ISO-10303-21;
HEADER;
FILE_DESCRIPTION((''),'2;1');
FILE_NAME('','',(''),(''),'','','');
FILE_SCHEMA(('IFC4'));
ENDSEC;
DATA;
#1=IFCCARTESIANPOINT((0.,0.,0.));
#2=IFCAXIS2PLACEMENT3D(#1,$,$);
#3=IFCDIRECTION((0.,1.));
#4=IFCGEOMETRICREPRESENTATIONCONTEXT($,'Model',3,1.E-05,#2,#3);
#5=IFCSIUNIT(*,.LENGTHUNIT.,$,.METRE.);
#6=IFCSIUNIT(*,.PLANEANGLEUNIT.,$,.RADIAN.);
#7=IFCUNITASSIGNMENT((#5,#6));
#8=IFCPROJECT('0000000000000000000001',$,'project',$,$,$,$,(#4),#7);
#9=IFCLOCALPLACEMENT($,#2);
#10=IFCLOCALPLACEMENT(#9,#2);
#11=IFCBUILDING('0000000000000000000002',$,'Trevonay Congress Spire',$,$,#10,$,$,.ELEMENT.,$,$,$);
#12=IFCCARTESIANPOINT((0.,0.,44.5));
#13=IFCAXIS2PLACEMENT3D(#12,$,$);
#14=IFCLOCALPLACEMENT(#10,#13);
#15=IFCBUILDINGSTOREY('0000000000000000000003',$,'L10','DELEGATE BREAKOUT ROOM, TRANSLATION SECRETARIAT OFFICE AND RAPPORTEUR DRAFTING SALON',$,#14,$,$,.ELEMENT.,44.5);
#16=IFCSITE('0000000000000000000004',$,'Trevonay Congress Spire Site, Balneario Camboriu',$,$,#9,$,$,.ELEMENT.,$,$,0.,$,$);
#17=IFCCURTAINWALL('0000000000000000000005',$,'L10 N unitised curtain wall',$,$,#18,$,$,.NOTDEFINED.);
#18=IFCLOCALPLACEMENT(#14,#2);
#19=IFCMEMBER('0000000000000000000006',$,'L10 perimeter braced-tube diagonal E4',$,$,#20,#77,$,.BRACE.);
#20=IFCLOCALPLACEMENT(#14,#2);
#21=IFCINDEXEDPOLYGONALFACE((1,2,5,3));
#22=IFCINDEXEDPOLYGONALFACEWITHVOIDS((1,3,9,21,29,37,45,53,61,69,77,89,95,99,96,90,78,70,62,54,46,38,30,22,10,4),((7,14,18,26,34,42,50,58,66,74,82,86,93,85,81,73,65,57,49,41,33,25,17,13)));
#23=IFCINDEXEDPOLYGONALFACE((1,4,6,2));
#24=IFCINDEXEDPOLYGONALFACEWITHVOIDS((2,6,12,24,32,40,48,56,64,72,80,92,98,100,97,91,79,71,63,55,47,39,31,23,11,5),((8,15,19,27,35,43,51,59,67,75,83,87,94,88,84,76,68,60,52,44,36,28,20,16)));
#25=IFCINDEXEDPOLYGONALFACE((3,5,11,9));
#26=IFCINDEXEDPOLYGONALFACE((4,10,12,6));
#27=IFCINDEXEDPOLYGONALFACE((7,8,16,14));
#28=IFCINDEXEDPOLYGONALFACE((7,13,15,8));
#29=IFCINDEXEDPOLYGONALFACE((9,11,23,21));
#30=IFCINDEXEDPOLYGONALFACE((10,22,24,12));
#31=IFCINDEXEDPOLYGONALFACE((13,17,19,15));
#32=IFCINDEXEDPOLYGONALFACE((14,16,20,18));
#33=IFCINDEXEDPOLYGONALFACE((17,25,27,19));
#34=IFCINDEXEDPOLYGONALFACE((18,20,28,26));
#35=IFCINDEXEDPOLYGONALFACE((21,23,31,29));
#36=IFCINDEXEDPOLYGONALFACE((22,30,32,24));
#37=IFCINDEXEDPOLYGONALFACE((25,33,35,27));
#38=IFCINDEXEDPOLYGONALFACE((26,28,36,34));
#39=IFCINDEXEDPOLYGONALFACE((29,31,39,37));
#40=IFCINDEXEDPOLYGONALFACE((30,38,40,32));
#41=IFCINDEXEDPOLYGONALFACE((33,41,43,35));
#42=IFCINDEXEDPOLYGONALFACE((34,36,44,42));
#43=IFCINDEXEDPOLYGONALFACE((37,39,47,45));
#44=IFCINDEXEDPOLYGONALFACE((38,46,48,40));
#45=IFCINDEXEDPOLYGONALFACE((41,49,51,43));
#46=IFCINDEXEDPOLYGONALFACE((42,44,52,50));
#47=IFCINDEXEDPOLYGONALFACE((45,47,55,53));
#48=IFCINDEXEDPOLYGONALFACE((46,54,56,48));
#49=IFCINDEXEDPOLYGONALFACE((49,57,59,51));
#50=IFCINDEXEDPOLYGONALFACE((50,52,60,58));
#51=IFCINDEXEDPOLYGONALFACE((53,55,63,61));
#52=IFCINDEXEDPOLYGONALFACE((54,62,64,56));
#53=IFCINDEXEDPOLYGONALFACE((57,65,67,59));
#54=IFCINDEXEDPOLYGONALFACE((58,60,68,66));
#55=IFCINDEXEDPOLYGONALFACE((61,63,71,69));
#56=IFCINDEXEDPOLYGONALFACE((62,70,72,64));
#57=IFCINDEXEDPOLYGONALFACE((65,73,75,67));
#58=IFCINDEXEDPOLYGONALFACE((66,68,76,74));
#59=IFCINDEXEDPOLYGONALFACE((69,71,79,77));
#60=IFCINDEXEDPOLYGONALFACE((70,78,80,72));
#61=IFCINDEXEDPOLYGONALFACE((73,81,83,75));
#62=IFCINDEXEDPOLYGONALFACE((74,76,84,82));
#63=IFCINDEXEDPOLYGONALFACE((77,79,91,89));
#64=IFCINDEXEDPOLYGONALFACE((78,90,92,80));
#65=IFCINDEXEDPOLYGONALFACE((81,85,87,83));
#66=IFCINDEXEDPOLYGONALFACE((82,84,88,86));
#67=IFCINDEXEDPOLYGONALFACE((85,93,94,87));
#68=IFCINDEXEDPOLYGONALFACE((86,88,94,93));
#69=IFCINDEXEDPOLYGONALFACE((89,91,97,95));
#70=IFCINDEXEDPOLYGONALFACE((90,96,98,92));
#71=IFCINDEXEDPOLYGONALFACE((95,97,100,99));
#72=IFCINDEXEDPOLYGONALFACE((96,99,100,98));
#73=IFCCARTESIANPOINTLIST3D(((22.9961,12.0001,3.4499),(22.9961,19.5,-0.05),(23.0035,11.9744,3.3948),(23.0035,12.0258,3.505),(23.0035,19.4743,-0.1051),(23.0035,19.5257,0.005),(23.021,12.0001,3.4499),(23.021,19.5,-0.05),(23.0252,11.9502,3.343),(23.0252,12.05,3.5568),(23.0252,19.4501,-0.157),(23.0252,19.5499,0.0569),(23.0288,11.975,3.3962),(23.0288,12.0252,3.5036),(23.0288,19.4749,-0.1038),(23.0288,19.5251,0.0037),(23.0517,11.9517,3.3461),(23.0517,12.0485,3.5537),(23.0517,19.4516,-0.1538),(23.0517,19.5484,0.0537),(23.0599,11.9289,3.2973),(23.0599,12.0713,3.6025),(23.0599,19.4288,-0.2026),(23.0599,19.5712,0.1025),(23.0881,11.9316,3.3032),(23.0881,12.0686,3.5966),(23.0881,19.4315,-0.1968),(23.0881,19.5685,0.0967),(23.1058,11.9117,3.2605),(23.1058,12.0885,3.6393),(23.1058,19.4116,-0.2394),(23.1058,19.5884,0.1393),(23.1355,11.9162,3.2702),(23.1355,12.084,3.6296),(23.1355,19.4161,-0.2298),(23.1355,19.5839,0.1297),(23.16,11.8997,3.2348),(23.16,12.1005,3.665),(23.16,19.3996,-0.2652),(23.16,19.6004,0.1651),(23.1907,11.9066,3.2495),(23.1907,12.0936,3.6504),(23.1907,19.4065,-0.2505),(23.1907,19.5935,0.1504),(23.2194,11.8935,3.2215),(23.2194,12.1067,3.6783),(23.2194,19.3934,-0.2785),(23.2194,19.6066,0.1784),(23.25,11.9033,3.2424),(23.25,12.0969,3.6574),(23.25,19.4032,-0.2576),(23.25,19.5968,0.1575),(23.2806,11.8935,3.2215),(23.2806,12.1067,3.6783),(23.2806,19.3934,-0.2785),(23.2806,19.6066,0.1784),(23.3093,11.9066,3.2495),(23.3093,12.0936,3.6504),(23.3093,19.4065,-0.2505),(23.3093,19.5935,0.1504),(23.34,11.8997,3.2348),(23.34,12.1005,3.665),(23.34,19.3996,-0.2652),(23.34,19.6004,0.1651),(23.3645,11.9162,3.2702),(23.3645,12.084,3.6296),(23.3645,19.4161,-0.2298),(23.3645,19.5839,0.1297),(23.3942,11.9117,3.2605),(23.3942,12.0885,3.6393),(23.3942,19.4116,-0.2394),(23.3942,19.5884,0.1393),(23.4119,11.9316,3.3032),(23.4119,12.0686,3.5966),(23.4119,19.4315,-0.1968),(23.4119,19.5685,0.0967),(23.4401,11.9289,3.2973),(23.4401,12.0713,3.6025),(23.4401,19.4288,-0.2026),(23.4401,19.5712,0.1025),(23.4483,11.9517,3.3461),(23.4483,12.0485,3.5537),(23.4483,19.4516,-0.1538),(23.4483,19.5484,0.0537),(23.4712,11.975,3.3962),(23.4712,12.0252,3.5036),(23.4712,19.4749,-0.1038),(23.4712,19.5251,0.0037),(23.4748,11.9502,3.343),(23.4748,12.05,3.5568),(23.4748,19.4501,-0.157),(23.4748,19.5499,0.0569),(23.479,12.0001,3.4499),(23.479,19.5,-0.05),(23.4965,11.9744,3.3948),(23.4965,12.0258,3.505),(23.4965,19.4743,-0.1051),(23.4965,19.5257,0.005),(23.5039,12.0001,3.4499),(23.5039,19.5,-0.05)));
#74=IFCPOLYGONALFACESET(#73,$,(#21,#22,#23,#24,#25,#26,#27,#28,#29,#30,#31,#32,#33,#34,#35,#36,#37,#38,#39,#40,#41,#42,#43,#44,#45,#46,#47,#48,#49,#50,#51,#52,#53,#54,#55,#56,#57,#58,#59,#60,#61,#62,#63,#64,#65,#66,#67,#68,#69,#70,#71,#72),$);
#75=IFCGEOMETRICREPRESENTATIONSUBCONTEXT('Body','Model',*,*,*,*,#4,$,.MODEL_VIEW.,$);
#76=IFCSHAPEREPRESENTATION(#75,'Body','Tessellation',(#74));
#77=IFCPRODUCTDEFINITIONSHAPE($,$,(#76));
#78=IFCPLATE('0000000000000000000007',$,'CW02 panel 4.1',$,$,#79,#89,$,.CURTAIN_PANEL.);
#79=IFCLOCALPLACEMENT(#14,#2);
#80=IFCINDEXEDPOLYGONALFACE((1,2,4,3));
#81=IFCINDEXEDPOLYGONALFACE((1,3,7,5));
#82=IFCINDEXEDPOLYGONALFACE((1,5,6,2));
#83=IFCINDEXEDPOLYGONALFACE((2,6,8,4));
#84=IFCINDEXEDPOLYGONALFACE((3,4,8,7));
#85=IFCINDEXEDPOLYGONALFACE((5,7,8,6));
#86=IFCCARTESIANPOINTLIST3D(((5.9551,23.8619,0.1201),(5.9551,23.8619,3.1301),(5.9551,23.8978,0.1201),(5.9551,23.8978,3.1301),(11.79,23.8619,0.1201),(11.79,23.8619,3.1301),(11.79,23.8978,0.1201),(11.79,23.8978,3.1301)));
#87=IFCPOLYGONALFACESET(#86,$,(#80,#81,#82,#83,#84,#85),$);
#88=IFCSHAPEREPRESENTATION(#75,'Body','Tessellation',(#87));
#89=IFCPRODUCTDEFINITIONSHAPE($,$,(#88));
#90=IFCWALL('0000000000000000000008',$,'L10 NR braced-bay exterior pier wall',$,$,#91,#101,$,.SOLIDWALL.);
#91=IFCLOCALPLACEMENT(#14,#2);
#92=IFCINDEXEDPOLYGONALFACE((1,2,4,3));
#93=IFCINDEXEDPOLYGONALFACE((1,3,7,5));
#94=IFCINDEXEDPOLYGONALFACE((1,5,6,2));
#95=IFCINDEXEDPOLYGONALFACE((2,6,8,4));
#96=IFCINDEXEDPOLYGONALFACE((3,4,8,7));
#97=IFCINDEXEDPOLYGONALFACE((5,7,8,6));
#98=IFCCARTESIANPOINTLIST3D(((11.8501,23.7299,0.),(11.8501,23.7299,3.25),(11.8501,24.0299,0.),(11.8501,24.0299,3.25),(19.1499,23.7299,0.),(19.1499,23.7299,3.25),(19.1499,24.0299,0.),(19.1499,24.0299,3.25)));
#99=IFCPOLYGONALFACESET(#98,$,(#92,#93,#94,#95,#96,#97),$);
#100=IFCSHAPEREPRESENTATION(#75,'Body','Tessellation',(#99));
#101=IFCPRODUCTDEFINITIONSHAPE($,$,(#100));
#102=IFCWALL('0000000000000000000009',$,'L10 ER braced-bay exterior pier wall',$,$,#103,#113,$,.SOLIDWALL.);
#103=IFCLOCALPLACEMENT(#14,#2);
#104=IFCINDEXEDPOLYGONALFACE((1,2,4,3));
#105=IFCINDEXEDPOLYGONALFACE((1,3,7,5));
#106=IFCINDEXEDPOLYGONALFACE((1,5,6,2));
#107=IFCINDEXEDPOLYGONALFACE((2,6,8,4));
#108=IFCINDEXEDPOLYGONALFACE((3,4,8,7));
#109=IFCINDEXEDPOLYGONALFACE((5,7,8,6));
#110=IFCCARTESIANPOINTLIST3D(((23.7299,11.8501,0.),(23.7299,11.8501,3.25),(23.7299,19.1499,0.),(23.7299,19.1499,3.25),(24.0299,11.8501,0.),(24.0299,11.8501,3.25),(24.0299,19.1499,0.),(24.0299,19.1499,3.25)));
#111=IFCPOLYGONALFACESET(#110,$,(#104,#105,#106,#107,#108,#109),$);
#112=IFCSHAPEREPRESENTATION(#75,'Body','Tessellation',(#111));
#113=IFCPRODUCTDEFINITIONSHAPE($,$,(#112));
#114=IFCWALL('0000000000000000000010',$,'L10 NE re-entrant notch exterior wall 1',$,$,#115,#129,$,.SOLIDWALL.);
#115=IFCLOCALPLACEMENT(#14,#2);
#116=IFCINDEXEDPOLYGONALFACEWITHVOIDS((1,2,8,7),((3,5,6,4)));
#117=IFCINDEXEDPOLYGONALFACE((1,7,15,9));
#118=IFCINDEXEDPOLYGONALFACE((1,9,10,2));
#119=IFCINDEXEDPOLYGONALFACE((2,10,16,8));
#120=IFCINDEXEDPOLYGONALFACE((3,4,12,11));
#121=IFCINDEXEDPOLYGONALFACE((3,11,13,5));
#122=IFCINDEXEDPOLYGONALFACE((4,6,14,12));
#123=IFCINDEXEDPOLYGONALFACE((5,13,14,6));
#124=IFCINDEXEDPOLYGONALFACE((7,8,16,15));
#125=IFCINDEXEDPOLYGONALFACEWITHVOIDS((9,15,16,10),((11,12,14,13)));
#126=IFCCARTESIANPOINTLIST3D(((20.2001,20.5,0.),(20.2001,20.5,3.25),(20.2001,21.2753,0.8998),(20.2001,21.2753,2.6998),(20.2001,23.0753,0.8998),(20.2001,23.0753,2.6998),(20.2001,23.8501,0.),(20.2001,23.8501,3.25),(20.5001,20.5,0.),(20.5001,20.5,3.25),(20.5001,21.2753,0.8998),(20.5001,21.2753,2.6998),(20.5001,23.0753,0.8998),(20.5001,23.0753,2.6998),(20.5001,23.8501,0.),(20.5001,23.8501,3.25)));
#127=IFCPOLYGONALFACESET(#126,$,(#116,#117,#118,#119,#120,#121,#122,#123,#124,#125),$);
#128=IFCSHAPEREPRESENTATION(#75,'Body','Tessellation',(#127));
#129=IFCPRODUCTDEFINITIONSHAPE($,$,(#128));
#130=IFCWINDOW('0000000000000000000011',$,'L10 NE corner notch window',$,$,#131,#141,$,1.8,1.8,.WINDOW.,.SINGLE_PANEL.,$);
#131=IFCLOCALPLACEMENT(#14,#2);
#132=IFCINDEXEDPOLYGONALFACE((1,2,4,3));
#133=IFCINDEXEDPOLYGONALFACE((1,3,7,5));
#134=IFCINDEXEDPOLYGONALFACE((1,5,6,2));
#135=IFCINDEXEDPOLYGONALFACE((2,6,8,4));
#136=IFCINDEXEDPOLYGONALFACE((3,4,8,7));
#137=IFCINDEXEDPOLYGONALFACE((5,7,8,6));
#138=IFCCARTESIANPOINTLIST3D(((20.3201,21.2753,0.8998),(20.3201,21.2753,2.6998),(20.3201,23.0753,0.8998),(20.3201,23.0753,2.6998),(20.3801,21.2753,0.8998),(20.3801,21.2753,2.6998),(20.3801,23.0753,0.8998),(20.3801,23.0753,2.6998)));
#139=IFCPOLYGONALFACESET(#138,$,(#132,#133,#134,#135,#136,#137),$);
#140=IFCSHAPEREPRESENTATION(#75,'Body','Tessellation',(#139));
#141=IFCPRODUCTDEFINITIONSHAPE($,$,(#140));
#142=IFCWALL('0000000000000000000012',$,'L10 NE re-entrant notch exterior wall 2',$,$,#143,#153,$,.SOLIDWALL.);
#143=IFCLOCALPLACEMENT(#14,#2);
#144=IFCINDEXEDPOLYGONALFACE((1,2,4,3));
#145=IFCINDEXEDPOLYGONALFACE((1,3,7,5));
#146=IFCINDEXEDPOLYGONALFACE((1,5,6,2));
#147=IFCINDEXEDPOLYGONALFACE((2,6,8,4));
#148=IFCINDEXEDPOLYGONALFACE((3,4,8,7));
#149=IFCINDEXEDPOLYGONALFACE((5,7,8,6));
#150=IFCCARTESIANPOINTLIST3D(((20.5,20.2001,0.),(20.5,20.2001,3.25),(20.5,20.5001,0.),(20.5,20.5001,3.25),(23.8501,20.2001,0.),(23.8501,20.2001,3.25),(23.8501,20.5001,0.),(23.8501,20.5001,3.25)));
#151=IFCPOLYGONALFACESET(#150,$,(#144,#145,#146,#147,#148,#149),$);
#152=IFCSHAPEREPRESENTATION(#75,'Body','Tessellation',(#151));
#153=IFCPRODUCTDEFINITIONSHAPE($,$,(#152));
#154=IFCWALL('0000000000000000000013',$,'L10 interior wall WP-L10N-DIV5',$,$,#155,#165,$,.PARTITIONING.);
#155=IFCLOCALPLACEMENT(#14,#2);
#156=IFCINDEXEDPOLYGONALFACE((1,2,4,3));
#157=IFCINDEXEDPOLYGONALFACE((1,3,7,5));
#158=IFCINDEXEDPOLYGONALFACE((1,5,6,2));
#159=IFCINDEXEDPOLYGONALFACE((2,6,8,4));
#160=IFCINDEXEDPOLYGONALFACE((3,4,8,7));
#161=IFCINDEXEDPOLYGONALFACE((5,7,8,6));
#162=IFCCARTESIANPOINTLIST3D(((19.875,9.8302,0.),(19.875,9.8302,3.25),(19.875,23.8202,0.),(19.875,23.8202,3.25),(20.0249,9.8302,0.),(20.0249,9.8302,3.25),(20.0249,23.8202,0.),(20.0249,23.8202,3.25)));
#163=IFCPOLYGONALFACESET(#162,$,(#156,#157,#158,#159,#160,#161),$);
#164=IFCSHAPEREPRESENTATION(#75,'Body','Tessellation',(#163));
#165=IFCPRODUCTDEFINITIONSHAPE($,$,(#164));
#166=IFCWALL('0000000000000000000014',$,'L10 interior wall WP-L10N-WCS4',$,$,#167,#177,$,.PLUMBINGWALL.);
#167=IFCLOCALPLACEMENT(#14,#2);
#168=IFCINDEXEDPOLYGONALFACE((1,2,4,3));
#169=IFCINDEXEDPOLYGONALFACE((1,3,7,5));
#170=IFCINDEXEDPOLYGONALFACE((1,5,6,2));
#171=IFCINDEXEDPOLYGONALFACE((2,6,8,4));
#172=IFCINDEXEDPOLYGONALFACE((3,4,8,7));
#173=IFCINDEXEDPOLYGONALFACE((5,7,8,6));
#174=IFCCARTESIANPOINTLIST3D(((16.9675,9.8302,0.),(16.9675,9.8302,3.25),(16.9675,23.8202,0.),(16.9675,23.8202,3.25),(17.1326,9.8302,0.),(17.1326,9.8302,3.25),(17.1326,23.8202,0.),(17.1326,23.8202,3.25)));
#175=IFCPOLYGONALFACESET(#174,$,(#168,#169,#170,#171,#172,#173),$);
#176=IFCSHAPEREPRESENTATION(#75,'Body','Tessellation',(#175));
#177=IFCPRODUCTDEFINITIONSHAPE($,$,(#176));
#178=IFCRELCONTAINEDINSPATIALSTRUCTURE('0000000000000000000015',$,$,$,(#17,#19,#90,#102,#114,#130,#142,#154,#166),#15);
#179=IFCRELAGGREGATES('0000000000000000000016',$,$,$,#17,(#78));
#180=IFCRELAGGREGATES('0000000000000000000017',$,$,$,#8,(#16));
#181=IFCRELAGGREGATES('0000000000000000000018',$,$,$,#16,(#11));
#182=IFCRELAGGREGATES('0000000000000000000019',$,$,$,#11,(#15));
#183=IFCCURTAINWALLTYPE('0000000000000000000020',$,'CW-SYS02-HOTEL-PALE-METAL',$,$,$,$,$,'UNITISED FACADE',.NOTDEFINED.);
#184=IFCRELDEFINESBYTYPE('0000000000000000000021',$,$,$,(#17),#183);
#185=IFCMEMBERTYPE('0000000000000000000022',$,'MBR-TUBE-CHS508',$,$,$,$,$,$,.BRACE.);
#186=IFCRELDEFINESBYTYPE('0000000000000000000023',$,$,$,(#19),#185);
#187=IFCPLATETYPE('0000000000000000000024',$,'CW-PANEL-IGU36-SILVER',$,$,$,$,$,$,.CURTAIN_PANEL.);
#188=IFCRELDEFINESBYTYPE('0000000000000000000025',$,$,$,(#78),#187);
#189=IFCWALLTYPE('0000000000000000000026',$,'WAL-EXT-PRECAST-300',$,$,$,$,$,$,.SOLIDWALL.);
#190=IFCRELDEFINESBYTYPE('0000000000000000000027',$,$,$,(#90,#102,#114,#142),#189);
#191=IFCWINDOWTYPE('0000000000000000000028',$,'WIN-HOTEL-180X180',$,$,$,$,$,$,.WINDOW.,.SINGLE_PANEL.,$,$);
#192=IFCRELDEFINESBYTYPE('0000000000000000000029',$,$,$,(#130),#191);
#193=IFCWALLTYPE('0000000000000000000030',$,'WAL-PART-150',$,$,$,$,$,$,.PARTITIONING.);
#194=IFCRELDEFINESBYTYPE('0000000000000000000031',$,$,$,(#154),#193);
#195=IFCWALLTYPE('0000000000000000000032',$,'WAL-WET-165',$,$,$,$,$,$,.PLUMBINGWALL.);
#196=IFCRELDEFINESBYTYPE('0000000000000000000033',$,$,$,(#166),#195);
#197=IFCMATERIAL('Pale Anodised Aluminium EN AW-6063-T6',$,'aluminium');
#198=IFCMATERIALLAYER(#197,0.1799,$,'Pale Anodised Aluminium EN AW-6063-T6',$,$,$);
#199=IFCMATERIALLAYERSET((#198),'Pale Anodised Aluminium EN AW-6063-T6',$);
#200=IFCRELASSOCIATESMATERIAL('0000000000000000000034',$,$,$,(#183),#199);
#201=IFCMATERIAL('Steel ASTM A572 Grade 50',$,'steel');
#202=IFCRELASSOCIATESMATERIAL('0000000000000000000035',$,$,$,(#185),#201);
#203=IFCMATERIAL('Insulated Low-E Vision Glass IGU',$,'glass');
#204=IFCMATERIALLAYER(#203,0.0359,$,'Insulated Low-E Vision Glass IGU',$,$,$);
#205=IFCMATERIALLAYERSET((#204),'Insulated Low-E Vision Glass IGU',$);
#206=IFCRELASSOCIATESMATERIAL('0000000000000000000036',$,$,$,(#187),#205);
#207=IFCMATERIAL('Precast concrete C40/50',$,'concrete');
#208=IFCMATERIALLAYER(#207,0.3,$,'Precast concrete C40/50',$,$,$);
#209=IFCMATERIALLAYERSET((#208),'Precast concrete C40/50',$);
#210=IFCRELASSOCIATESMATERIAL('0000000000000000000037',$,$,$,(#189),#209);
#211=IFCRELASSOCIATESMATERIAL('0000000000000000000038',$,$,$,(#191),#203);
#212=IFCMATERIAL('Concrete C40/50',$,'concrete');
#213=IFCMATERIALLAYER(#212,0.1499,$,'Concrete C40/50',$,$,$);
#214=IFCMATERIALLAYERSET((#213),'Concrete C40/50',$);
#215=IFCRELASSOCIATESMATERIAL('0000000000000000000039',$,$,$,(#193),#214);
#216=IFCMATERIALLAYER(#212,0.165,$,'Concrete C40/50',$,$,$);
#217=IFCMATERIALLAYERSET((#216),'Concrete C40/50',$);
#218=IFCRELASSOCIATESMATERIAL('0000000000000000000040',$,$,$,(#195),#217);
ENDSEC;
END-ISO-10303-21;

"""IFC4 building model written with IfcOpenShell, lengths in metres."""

from ifc_helpers import new_model, si_unit, direction, frame, frame_2d, origin, origin_2d, place, context, subcontext, project, spatial, rectangle, hollow_circle, extrude, material, layer, layer_set, material_profile, profile_set, type_object, element, fill, aggregate, save


model = new_model("IFC4")

# Units and contexts
model_context = context("Model", 3, precision=1e-05, world=origin(), true_north=direction((0.0, 1.0)))
body_context = subcontext(model_context, "Body", "Model", "MODEL_VIEW")
ifc_project = project(units=[si_unit("LENGTHUNIT", "METRE"), si_unit("PLANEANGLEUNIT", "RADIAN")], contexts=[model_context])

# Site, building, storey
site_placement = place(None, origin())
site = spatial("IfcSite", under=ifc_project, at=site_placement, Name="Trevonay Congress Spire Site, Balneario Camboriu", CompositionType="ELEMENT", RefElevation=0.0)
building_placement = place(site_placement, origin())
building = spatial("IfcBuilding", under=site, at=building_placement, Name="Trevonay Congress Spire", CompositionType="ELEMENT")
storey_placement = place(building_placement, frame((0.0, 0.0, 44.5)))
storey = spatial("IfcBuildingStorey", under=building, at=storey_placement, Name="L10", Description="DELEGATE BREAKOUT ROOM, TRANSLATION SECRETARIAT OFFICE AND RAPPORTEUR DRAFTING SALON", CompositionType="ELEMENT", Elevation=44.5)

# Shared definitions
ifc_material_1 = material(Name="Steel ASTM A572 Grade 50", Category="steel")

# Curtain wall
ifc_material_2 = material(Name="Pale Anodised Aluminium EN AW-6063-T6", Category="aluminium")
ifc_layer_1 = layer(ifc_material_2, 0.1799, Name="Pale Anodised Aluminium EN AW-6063-T6")
ifc_layer_set_1 = layer_set([ifc_layer_1], Name="Pale Anodised Aluminium EN AW-6063-T6")
curtain_wall_type = type_object("IfcCurtainWallType", Name="CW-SYS02-HOTEL-PALE-METAL", ElementType="UNITISED FACADE", PredefinedType="NOTDEFINED", material=ifc_layer_set_1)
curtain_wall_1_placement = place(storey_placement, origin())
curtain_wall_1 = element("IfcCurtainWall", 1, at=curtain_wall_1_placement, inside=storey, type_object=curtain_wall_type, Name="L10 N unitised curtain wall", PredefinedType="NOTDEFINED")

# Member
ifc_material_profile_1 = material_profile(ifc_material_1, hollow_circle(Radius=0.2539, WallThickness=0.0249, at=origin_2d()), Name="CHS 508x25")
ifc_profile_set_1 = profile_set([ifc_material_profile_1], Name="Steel ASTM A572 Grade 50")
member_type_1 = type_object("IfcMemberType", Name="MBR-TUBE-CHS508", PredefinedType="BRACE", material=ifc_profile_set_1)
for number, where, z_axis, x_axis, name in (
    (2, (23.25, 19.5, -0.05), (0.0, -0.906183, 0.422885), (1.0, 0.0, 0.0), "L10 perimeter braced-tube diagonal E4"),
):
    element("IfcMember", number, at=place(storey_placement, frame(where, z_axis=z_axis, x_axis=x_axis)), inside=storey, type_object=member_type_1, Name=name, PredefinedType="BRACE", context=body_context, shape_type="SweptSolid", body=[
        extrude(hollow_circle(Radius=0.2539, WallThickness=0.0249, at=origin_2d()), origin(), (0.0, 0.0, 1.0), 8.2764),
    ])

# Plate
ifc_material_3 = material(Name="Insulated Low-E Vision Glass IGU", Category="glass")
ifc_layer_2 = layer(ifc_material_3, 0.0359, Name="Insulated Low-E Vision Glass IGU")
ifc_layer_set_2 = layer_set([ifc_layer_2], Name="Insulated Low-E Vision Glass IGU")
plate_type = type_object("IfcPlateType", Name="CW-PANEL-IGU36-SILVER", PredefinedType="CURTAIN_PANEL", material=ifc_layer_set_2)
plate_placement = place(storey_placement, frame((8.8726, 23.8799, 0.1201), z_axis=(0.0, 0.0, 1.0), x_axis=(1.0, 0.0, 0.0)))
plate = element("IfcPlate", 3, at=plate_placement, type_object=plate_type, Name="CW02 panel 4.1", PredefinedType="CURTAIN_PANEL", context=body_context, shape_type="SweptSolid", body=[
    extrude(rectangle(XDim=5.835, YDim=0.0359, at=origin_2d()), origin(), (0.0, 0.0, 1.0), 3.01),
])
aggregate(curtain_wall_1, [plate])

# Walls
ifc_material_4 = material(Name="Precast concrete C40/50", Category="concrete")
ifc_layer_3 = layer(ifc_material_4, 0.3, Name="Precast concrete C40/50")
ifc_layer_set_3 = layer_set([ifc_layer_3], Name="Precast concrete C40/50")
wall_type_1 = type_object("IfcWallType", Name="WAL-EXT-PRECAST-300", PredefinedType="SOLIDWALL", material=ifc_layer_set_3)
for number, where, z_axis, x_axis, name in (
    (4, (11.8501, 23.8799, 0.0), (0.0, 0.0, 1.0), (1.0, 0.0, 0.0), "L10 NR braced-bay exterior pier wall"),
    (5, (23.8799, 11.8501, 0.0), (0.0, 0.0, 1.0), (0.0, 1.0, 0.0), "L10 ER braced-bay exterior pier wall"),
):
    element("IfcWall", number, at=place(storey_placement, frame(where, z_axis=z_axis, x_axis=x_axis)), inside=storey, type_object=wall_type_1, Name=name, PredefinedType="SOLIDWALL", context=body_context, shape_type="SweptSolid", body=[
        extrude(rectangle(XDim=7.2998, YDim=0.3, at=frame_2d((3.6499, 0.0))), origin(), (0.0, 0.0, 1.0), 3.25),
    ])

# Wall, opening, window
wall_1_placement = place(storey_placement, frame((20.3501, 23.8501, 0.0), z_axis=(0.0, 0.0, 1.0), x_axis=(0.0, -1.0, 0.0)))
wall_1 = element("IfcWall", 6, at=wall_1_placement, inside=storey, type_object=wall_type_1, Name="L10 NE re-entrant notch exterior wall 1", PredefinedType="SOLIDWALL", context=body_context, shape_type="SweptSolid", body=[
    extrude(rectangle(XDim=3.3501, YDim=0.3, at=frame_2d((1.675, 0.0))), origin(), (0.0, 0.0, 1.0), 3.25),
])
opening_placement = place(wall_1_placement, frame((0.7749, 0.0, 0.8999)))
opening = element("IfcOpeningElement", 7, at=opening_placement, cuts=wall_1, PredefinedType="OPENING", context=body_context, shape_type="SweptSolid", body=[
    extrude(rectangle(XDim=1.8, YDim=1.8, at=frame_2d((0.8999, 0.8999))), frame((0.0, 0.1602, 0.0), z_axis=(0.0, -1.0, 0.0), x_axis=(1.0, 0.0, 0.0)), (0.0, 0.0, 1.0), 0.3201),
])
window_type = type_object("IfcWindowType", Name="WIN-HOTEL-180X180", PartitioningType="SINGLE_PANEL", PredefinedType="WINDOW", material=ifc_material_3)
window_placement = place(opening_placement, origin())
window = element("IfcWindow", 8, at=window_placement, inside=storey, type_object=window_type, Name="L10 NE corner notch window", OverallHeight=1.8, OverallWidth=1.8, PartitioningType="SINGLE_PANEL", PredefinedType="WINDOW", context=body_context, shape_type="SweptSolid", body=[
    extrude(rectangle(XDim=1.8, YDim=1.8, at=frame_2d((0.8999, 0.8999))), frame((0.0, 0.03, 0.0), z_axis=(0.0, -1.0, 0.0), x_axis=(1.0, 0.0, 0.0)), (0.0, 0.0, 1.0), 0.0601),
])
fill(opening, window)

# Walls
wall_2_placement = place(storey_placement, frame((23.8501, 20.3501, 0.0), z_axis=(0.0, 0.0, 1.0), x_axis=(-1.0, 0.0, 0.0)))
element("IfcWall", 9, at=wall_2_placement, inside=storey, type_object=wall_type_1, Name="L10 NE re-entrant notch exterior wall 2", PredefinedType="SOLIDWALL", context=body_context, shape_type="SweptSolid", body=[
    extrude(rectangle(XDim=3.3501, YDim=0.3, at=frame_2d((1.675, 0.0))), origin(), (0.0, 0.0, 1.0), 3.25),
])
ifc_material_5 = material(Name="Concrete C40/50", Category="concrete")
ifc_layer_4 = layer(ifc_material_5, 0.1499, Name="Concrete C40/50")
ifc_layer_set_4 = layer_set([ifc_layer_4], Name="Concrete C40/50")
wall_type_2 = type_object("IfcWallType", Name="WAL-PART-150", PredefinedType="PARTITIONING", material=ifc_layer_set_4)
wall_3_placement = place(storey_placement, frame((19.95, 9.8301, 0.0), z_axis=(0.0, 0.0, 1.0), x_axis=(0.0, 1.0, 0.0)))
element("IfcWall", 10, at=wall_3_placement, inside=storey, type_object=wall_type_2, Name="L10 interior wall WP-L10N-DIV5", PredefinedType="PARTITIONING", context=body_context, shape_type="SweptSolid", body=[
    extrude(rectangle(XDim=13.99, YDim=0.1499, at=frame_2d((6.9951, 0.0))), origin(), (0.0, 0.0, 1.0), 3.25),
])
ifc_layer_5 = layer(ifc_material_5, 0.165, Name="Concrete C40/50")
ifc_layer_set_5 = layer_set([ifc_layer_5], Name="Concrete C40/50")
wall_type_3 = type_object("IfcWallType", Name="WAL-WET-165", PredefinedType="PLUMBINGWALL", material=ifc_layer_set_5)
wall_4_placement = place(storey_placement, frame((17.05, 9.8301, 0.0), z_axis=(0.0, 0.0, 1.0), x_axis=(0.0, 1.0, 0.0)))
element("IfcWall", 11, at=wall_4_placement, inside=storey, type_object=wall_type_3, Name="L10 interior wall WP-L10N-WCS4", PredefinedType="PLUMBINGWALL", context=body_context, shape_type="SweptSolid", body=[
    extrude(rectangle(XDim=13.99, YDim=0.165, at=frame_2d((6.9951, 0.0))), origin(), (0.0, 0.0, 1.0), 3.25),
])

save(model, "model.ifc")
